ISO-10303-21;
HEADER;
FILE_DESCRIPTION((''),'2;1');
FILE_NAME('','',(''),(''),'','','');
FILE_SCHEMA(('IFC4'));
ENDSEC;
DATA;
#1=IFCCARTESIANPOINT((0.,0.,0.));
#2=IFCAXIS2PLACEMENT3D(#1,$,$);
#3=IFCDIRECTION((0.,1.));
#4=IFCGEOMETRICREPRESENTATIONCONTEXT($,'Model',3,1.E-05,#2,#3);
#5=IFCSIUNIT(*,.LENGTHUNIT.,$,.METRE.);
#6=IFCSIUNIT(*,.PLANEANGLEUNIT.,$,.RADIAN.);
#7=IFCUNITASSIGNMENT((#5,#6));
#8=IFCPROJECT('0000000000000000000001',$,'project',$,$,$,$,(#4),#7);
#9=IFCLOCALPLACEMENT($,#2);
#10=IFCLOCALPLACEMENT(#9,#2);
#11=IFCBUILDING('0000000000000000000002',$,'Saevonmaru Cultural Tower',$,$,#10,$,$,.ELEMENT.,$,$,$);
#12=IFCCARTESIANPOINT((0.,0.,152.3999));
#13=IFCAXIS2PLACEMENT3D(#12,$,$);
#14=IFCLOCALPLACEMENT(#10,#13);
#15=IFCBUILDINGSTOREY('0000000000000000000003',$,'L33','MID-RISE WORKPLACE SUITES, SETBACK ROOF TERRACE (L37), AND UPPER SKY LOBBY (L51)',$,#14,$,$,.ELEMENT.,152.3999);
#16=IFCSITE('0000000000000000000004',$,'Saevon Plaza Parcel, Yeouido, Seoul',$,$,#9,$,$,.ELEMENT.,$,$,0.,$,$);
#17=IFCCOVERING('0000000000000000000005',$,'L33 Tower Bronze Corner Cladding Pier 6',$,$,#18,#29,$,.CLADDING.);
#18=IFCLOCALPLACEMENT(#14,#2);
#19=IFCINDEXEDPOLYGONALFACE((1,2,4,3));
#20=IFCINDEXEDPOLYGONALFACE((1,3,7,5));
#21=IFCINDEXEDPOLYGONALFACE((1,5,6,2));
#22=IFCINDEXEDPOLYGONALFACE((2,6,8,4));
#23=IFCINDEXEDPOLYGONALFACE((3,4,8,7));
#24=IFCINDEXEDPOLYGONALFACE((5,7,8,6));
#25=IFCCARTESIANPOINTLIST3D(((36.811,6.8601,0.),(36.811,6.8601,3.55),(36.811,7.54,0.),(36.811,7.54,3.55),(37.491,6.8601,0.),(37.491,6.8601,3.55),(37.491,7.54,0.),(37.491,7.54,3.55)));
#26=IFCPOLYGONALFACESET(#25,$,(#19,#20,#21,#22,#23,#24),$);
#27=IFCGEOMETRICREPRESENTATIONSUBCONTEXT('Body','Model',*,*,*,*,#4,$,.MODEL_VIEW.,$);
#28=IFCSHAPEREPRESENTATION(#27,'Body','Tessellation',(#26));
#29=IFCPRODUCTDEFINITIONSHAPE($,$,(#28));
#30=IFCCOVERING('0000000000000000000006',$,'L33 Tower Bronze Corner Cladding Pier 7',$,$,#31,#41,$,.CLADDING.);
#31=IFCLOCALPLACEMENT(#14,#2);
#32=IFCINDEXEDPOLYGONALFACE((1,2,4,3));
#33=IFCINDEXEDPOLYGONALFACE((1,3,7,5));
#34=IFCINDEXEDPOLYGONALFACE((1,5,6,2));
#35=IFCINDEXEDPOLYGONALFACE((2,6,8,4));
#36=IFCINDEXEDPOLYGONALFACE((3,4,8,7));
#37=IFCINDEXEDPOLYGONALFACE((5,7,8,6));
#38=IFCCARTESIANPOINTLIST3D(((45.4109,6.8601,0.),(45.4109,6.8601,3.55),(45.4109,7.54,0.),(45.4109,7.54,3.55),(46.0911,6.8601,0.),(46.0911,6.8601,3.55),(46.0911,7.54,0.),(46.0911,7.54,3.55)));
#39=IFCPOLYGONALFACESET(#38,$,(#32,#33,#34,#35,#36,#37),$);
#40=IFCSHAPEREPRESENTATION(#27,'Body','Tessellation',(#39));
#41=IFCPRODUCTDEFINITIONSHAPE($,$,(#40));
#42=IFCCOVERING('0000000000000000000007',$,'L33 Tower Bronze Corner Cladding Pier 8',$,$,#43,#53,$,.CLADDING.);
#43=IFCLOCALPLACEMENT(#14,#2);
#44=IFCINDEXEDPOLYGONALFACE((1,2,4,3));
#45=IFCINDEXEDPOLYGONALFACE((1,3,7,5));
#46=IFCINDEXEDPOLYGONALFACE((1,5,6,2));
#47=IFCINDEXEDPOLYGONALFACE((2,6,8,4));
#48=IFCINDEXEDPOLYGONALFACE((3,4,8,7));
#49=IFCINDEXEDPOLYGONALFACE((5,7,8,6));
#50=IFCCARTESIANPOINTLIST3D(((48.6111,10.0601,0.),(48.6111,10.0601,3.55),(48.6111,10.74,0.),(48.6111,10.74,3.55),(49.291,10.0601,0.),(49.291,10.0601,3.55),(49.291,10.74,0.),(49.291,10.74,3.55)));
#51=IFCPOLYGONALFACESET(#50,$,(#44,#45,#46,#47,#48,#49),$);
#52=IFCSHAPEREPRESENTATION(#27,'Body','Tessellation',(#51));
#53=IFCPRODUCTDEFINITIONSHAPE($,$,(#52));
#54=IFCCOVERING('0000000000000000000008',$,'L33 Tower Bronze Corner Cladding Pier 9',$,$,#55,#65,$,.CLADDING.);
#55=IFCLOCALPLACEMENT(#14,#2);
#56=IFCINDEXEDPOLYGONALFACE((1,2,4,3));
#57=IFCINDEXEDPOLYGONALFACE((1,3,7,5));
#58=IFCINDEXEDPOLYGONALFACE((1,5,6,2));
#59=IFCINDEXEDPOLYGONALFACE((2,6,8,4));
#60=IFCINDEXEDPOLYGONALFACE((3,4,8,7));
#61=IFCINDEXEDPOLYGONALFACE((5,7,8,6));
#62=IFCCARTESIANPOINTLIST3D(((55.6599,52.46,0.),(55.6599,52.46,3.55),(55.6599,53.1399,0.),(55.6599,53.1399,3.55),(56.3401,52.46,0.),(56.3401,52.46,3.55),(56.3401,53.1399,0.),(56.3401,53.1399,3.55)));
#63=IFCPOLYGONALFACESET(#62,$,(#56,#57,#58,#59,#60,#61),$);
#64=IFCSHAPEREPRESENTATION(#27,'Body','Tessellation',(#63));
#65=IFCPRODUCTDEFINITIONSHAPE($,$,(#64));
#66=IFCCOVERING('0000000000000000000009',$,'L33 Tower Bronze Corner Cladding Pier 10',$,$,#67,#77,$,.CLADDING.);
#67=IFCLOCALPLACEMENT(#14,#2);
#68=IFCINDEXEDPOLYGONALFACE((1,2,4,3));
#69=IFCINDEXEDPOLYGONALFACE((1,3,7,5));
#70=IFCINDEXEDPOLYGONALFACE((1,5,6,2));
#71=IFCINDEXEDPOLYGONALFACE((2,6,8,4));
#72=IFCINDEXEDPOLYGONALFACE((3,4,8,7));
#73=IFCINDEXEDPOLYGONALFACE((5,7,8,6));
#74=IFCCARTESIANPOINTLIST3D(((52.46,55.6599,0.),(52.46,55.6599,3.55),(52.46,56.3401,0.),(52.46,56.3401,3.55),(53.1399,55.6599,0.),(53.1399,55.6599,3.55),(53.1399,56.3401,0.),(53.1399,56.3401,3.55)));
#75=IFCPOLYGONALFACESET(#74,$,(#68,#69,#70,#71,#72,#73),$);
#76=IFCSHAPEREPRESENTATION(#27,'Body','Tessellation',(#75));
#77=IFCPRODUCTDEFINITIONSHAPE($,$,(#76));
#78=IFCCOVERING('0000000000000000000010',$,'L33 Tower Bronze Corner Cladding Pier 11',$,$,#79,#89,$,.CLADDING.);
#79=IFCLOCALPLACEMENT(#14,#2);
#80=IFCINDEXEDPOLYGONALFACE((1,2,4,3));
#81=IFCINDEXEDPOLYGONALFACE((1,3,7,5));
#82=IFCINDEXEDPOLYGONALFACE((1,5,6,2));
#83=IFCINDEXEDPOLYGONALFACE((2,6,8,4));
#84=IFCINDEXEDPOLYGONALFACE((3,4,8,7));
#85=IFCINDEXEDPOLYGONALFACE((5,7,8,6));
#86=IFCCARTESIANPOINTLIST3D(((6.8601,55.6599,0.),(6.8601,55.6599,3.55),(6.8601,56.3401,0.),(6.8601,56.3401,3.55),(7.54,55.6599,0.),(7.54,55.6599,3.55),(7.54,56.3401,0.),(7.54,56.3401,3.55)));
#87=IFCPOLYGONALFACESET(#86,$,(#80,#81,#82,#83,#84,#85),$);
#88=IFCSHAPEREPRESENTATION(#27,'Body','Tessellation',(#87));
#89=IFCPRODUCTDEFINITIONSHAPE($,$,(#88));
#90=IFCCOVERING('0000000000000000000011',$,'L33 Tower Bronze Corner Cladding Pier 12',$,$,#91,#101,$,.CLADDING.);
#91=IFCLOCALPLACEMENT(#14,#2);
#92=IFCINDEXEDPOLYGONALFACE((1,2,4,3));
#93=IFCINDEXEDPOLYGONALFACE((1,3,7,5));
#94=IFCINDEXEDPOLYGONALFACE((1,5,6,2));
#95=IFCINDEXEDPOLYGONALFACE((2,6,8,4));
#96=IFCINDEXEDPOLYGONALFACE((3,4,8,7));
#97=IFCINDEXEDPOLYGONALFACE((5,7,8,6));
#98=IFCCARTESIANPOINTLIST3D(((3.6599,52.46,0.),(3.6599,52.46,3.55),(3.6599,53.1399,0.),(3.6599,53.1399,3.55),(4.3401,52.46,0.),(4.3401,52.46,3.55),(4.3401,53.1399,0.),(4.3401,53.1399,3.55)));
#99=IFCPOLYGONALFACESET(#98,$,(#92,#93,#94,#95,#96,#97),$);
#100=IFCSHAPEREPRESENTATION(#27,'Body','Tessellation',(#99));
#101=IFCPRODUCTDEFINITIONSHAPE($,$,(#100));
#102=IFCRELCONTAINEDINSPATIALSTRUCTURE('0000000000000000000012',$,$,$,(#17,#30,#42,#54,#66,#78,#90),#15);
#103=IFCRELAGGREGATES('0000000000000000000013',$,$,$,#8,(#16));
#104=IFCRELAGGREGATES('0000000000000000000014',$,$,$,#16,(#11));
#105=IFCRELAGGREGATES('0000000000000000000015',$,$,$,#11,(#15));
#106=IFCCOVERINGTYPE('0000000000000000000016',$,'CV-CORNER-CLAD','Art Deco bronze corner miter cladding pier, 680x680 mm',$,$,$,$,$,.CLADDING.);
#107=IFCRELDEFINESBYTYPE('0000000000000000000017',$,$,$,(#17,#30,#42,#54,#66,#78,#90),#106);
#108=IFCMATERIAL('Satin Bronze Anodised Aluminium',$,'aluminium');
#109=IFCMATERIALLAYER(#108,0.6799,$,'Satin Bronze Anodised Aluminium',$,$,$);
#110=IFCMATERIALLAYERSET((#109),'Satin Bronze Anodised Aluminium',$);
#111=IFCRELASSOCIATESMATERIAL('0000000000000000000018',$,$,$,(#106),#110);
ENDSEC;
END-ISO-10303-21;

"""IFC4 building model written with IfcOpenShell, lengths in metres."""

from ifc_helpers import new_model, si_unit, direction, frame, origin, place, context, subcontext, project, spatial, polyline, outline, extrude, material, layer, layer_set, type_object, element, save


model = new_model("IFC4")

# Units and contexts
model_context = context("Model", 3, precision=1e-05, world=origin(), true_north=direction((0.0, 1.0)))
body_context = subcontext(model_context, "Body", "Model", "MODEL_VIEW")
ifc_project = project(units=[si_unit("LENGTHUNIT", "METRE"), si_unit("PLANEANGLEUNIT", "RADIAN")], contexts=[model_context])

# Site, building, storey
site_placement = place(None, origin())
site = spatial("IfcSite", under=ifc_project, at=site_placement, Name="Saevon Plaza Parcel, Yeouido, Seoul", CompositionType="ELEMENT", RefElevation=0.0)
building_placement = place(site_placement, origin())
building = spatial("IfcBuilding", under=site, at=building_placement, Name="Saevonmaru Cultural Tower", CompositionType="ELEMENT")
storey_placement = place(building_placement, frame((0.0, 0.0, 152.3999)))
storey = spatial("IfcBuildingStorey", under=building, at=storey_placement, Name="L33", Description="MID-RISE WORKPLACE SUITES, SETBACK ROOF TERRACE (L37), AND UPPER SKY LOBBY (L51)", CompositionType="ELEMENT", Elevation=152.3999)

# Shared definitions
ifc_material_1 = material(Name="Satin Bronze Anodised Aluminium", Category="aluminium")

# Coverings
ifc_layer_1 = layer(ifc_material_1, 0.6799, Name="Satin Bronze Anodised Aluminium")
ifc_layer_set_1 = layer_set([ifc_layer_1], Name="Satin Bronze Anodised Aluminium")
covering_type = type_object("IfcCoveringType", Name="CV-CORNER-CLAD", Description="Art Deco bronze corner miter cladding pier, 680x680 mm", PredefinedType="CLADDING", material=ifc_layer_set_1)
covering_1_placement = place(storey_placement, origin())
element("IfcCovering", 1, at=covering_1_placement, inside=storey, type_object=covering_type, Name="L33 Tower Bronze Corner Cladding Pier 6", PredefinedType="CLADDING", context=body_context, shape_type="SweptSolid", body=[
    extrude(outline(polyline([(36.811, 6.8601), (37.491, 6.8601), (37.491, 7.54), (36.811, 7.54), (36.811, 6.8601)])), origin(), (0.0, 0.0, 1.0), 3.55),
])
covering_2_placement = place(storey_placement, origin())
element("IfcCovering", 2, at=covering_2_placement, inside=storey, type_object=covering_type, Name="L33 Tower Bronze Corner Cladding Pier 7", PredefinedType="CLADDING", context=body_context, shape_type="SweptSolid", body=[
    extrude(outline(polyline([(45.4109, 6.8601), (46.0911, 6.8601), (46.0911, 7.54), (45.4109, 7.54), (45.4109, 6.8601)])), origin(), (0.0, 0.0, 1.0), 3.55),
])
covering_3_placement = place(storey_placement, origin())
element("IfcCovering", 3, at=covering_3_placement, inside=storey, type_object=covering_type, Name="L33 Tower Bronze Corner Cladding Pier 8", PredefinedType="CLADDING", context=body_context, shape_type="SweptSolid", body=[
    extrude(outline(polyline([(48.6111, 10.0601), (49.291, 10.0601), (49.291, 10.74), (48.6111, 10.74), (48.6111, 10.0601)])), origin(), (0.0, 0.0, 1.0), 3.55),
])
covering_4_placement = place(storey_placement, origin())
element("IfcCovering", 4, at=covering_4_placement, inside=storey, type_object=covering_type, Name="L33 Tower Bronze Corner Cladding Pier 9", PredefinedType="CLADDING", context=body_context, shape_type="SweptSolid", body=[
    extrude(outline(polyline([(55.6599, 52.46), (56.3401, 52.46), (56.3401, 53.1399), (55.6599, 53.1399), (55.6599, 52.46)])), origin(), (0.0, 0.0, 1.0), 3.55),
])
covering_5_placement = place(storey_placement, origin())
element("IfcCovering", 5, at=covering_5_placement, inside=storey, type_object=covering_type, Name="L33 Tower Bronze Corner Cladding Pier 10", PredefinedType="CLADDING", context=body_context, shape_type="SweptSolid", body=[
    extrude(outline(polyline([(52.46, 55.6599), (53.1399, 55.6599), (53.1399, 56.3401), (52.46, 56.3401), (52.46, 55.6599)])), origin(), (0.0, 0.0, 1.0), 3.55),
])
covering_6_placement = place(storey_placement, origin())
element("IfcCovering", 6, at=covering_6_placement, inside=storey, type_object=covering_type, Name="L33 Tower Bronze Corner Cladding Pier 11", PredefinedType="CLADDING", context=body_context, shape_type="SweptSolid", body=[
    extrude(outline(polyline([(6.8601, 55.6599), (7.54, 55.6599), (7.54, 56.3401), (6.8601, 56.3401), (6.8601, 55.6599)])), origin(), (0.0, 0.0, 1.0), 3.55),
])
covering_7_placement = place(storey_placement, origin())
element("IfcCovering", 7, at=covering_7_placement, inside=storey, type_object=covering_type, Name="L33 Tower Bronze Corner Cladding Pier 12", PredefinedType="CLADDING", context=body_context, shape_type="SweptSolid", body=[
    extrude(outline(polyline([(3.6599, 52.46), (4.3401, 52.46), (4.3401, 53.1399), (3.6599, 53.1399), (3.6599, 52.46)])), origin(), (0.0, 0.0, 1.0), 3.55),
])

save(model, "model.ifc")
